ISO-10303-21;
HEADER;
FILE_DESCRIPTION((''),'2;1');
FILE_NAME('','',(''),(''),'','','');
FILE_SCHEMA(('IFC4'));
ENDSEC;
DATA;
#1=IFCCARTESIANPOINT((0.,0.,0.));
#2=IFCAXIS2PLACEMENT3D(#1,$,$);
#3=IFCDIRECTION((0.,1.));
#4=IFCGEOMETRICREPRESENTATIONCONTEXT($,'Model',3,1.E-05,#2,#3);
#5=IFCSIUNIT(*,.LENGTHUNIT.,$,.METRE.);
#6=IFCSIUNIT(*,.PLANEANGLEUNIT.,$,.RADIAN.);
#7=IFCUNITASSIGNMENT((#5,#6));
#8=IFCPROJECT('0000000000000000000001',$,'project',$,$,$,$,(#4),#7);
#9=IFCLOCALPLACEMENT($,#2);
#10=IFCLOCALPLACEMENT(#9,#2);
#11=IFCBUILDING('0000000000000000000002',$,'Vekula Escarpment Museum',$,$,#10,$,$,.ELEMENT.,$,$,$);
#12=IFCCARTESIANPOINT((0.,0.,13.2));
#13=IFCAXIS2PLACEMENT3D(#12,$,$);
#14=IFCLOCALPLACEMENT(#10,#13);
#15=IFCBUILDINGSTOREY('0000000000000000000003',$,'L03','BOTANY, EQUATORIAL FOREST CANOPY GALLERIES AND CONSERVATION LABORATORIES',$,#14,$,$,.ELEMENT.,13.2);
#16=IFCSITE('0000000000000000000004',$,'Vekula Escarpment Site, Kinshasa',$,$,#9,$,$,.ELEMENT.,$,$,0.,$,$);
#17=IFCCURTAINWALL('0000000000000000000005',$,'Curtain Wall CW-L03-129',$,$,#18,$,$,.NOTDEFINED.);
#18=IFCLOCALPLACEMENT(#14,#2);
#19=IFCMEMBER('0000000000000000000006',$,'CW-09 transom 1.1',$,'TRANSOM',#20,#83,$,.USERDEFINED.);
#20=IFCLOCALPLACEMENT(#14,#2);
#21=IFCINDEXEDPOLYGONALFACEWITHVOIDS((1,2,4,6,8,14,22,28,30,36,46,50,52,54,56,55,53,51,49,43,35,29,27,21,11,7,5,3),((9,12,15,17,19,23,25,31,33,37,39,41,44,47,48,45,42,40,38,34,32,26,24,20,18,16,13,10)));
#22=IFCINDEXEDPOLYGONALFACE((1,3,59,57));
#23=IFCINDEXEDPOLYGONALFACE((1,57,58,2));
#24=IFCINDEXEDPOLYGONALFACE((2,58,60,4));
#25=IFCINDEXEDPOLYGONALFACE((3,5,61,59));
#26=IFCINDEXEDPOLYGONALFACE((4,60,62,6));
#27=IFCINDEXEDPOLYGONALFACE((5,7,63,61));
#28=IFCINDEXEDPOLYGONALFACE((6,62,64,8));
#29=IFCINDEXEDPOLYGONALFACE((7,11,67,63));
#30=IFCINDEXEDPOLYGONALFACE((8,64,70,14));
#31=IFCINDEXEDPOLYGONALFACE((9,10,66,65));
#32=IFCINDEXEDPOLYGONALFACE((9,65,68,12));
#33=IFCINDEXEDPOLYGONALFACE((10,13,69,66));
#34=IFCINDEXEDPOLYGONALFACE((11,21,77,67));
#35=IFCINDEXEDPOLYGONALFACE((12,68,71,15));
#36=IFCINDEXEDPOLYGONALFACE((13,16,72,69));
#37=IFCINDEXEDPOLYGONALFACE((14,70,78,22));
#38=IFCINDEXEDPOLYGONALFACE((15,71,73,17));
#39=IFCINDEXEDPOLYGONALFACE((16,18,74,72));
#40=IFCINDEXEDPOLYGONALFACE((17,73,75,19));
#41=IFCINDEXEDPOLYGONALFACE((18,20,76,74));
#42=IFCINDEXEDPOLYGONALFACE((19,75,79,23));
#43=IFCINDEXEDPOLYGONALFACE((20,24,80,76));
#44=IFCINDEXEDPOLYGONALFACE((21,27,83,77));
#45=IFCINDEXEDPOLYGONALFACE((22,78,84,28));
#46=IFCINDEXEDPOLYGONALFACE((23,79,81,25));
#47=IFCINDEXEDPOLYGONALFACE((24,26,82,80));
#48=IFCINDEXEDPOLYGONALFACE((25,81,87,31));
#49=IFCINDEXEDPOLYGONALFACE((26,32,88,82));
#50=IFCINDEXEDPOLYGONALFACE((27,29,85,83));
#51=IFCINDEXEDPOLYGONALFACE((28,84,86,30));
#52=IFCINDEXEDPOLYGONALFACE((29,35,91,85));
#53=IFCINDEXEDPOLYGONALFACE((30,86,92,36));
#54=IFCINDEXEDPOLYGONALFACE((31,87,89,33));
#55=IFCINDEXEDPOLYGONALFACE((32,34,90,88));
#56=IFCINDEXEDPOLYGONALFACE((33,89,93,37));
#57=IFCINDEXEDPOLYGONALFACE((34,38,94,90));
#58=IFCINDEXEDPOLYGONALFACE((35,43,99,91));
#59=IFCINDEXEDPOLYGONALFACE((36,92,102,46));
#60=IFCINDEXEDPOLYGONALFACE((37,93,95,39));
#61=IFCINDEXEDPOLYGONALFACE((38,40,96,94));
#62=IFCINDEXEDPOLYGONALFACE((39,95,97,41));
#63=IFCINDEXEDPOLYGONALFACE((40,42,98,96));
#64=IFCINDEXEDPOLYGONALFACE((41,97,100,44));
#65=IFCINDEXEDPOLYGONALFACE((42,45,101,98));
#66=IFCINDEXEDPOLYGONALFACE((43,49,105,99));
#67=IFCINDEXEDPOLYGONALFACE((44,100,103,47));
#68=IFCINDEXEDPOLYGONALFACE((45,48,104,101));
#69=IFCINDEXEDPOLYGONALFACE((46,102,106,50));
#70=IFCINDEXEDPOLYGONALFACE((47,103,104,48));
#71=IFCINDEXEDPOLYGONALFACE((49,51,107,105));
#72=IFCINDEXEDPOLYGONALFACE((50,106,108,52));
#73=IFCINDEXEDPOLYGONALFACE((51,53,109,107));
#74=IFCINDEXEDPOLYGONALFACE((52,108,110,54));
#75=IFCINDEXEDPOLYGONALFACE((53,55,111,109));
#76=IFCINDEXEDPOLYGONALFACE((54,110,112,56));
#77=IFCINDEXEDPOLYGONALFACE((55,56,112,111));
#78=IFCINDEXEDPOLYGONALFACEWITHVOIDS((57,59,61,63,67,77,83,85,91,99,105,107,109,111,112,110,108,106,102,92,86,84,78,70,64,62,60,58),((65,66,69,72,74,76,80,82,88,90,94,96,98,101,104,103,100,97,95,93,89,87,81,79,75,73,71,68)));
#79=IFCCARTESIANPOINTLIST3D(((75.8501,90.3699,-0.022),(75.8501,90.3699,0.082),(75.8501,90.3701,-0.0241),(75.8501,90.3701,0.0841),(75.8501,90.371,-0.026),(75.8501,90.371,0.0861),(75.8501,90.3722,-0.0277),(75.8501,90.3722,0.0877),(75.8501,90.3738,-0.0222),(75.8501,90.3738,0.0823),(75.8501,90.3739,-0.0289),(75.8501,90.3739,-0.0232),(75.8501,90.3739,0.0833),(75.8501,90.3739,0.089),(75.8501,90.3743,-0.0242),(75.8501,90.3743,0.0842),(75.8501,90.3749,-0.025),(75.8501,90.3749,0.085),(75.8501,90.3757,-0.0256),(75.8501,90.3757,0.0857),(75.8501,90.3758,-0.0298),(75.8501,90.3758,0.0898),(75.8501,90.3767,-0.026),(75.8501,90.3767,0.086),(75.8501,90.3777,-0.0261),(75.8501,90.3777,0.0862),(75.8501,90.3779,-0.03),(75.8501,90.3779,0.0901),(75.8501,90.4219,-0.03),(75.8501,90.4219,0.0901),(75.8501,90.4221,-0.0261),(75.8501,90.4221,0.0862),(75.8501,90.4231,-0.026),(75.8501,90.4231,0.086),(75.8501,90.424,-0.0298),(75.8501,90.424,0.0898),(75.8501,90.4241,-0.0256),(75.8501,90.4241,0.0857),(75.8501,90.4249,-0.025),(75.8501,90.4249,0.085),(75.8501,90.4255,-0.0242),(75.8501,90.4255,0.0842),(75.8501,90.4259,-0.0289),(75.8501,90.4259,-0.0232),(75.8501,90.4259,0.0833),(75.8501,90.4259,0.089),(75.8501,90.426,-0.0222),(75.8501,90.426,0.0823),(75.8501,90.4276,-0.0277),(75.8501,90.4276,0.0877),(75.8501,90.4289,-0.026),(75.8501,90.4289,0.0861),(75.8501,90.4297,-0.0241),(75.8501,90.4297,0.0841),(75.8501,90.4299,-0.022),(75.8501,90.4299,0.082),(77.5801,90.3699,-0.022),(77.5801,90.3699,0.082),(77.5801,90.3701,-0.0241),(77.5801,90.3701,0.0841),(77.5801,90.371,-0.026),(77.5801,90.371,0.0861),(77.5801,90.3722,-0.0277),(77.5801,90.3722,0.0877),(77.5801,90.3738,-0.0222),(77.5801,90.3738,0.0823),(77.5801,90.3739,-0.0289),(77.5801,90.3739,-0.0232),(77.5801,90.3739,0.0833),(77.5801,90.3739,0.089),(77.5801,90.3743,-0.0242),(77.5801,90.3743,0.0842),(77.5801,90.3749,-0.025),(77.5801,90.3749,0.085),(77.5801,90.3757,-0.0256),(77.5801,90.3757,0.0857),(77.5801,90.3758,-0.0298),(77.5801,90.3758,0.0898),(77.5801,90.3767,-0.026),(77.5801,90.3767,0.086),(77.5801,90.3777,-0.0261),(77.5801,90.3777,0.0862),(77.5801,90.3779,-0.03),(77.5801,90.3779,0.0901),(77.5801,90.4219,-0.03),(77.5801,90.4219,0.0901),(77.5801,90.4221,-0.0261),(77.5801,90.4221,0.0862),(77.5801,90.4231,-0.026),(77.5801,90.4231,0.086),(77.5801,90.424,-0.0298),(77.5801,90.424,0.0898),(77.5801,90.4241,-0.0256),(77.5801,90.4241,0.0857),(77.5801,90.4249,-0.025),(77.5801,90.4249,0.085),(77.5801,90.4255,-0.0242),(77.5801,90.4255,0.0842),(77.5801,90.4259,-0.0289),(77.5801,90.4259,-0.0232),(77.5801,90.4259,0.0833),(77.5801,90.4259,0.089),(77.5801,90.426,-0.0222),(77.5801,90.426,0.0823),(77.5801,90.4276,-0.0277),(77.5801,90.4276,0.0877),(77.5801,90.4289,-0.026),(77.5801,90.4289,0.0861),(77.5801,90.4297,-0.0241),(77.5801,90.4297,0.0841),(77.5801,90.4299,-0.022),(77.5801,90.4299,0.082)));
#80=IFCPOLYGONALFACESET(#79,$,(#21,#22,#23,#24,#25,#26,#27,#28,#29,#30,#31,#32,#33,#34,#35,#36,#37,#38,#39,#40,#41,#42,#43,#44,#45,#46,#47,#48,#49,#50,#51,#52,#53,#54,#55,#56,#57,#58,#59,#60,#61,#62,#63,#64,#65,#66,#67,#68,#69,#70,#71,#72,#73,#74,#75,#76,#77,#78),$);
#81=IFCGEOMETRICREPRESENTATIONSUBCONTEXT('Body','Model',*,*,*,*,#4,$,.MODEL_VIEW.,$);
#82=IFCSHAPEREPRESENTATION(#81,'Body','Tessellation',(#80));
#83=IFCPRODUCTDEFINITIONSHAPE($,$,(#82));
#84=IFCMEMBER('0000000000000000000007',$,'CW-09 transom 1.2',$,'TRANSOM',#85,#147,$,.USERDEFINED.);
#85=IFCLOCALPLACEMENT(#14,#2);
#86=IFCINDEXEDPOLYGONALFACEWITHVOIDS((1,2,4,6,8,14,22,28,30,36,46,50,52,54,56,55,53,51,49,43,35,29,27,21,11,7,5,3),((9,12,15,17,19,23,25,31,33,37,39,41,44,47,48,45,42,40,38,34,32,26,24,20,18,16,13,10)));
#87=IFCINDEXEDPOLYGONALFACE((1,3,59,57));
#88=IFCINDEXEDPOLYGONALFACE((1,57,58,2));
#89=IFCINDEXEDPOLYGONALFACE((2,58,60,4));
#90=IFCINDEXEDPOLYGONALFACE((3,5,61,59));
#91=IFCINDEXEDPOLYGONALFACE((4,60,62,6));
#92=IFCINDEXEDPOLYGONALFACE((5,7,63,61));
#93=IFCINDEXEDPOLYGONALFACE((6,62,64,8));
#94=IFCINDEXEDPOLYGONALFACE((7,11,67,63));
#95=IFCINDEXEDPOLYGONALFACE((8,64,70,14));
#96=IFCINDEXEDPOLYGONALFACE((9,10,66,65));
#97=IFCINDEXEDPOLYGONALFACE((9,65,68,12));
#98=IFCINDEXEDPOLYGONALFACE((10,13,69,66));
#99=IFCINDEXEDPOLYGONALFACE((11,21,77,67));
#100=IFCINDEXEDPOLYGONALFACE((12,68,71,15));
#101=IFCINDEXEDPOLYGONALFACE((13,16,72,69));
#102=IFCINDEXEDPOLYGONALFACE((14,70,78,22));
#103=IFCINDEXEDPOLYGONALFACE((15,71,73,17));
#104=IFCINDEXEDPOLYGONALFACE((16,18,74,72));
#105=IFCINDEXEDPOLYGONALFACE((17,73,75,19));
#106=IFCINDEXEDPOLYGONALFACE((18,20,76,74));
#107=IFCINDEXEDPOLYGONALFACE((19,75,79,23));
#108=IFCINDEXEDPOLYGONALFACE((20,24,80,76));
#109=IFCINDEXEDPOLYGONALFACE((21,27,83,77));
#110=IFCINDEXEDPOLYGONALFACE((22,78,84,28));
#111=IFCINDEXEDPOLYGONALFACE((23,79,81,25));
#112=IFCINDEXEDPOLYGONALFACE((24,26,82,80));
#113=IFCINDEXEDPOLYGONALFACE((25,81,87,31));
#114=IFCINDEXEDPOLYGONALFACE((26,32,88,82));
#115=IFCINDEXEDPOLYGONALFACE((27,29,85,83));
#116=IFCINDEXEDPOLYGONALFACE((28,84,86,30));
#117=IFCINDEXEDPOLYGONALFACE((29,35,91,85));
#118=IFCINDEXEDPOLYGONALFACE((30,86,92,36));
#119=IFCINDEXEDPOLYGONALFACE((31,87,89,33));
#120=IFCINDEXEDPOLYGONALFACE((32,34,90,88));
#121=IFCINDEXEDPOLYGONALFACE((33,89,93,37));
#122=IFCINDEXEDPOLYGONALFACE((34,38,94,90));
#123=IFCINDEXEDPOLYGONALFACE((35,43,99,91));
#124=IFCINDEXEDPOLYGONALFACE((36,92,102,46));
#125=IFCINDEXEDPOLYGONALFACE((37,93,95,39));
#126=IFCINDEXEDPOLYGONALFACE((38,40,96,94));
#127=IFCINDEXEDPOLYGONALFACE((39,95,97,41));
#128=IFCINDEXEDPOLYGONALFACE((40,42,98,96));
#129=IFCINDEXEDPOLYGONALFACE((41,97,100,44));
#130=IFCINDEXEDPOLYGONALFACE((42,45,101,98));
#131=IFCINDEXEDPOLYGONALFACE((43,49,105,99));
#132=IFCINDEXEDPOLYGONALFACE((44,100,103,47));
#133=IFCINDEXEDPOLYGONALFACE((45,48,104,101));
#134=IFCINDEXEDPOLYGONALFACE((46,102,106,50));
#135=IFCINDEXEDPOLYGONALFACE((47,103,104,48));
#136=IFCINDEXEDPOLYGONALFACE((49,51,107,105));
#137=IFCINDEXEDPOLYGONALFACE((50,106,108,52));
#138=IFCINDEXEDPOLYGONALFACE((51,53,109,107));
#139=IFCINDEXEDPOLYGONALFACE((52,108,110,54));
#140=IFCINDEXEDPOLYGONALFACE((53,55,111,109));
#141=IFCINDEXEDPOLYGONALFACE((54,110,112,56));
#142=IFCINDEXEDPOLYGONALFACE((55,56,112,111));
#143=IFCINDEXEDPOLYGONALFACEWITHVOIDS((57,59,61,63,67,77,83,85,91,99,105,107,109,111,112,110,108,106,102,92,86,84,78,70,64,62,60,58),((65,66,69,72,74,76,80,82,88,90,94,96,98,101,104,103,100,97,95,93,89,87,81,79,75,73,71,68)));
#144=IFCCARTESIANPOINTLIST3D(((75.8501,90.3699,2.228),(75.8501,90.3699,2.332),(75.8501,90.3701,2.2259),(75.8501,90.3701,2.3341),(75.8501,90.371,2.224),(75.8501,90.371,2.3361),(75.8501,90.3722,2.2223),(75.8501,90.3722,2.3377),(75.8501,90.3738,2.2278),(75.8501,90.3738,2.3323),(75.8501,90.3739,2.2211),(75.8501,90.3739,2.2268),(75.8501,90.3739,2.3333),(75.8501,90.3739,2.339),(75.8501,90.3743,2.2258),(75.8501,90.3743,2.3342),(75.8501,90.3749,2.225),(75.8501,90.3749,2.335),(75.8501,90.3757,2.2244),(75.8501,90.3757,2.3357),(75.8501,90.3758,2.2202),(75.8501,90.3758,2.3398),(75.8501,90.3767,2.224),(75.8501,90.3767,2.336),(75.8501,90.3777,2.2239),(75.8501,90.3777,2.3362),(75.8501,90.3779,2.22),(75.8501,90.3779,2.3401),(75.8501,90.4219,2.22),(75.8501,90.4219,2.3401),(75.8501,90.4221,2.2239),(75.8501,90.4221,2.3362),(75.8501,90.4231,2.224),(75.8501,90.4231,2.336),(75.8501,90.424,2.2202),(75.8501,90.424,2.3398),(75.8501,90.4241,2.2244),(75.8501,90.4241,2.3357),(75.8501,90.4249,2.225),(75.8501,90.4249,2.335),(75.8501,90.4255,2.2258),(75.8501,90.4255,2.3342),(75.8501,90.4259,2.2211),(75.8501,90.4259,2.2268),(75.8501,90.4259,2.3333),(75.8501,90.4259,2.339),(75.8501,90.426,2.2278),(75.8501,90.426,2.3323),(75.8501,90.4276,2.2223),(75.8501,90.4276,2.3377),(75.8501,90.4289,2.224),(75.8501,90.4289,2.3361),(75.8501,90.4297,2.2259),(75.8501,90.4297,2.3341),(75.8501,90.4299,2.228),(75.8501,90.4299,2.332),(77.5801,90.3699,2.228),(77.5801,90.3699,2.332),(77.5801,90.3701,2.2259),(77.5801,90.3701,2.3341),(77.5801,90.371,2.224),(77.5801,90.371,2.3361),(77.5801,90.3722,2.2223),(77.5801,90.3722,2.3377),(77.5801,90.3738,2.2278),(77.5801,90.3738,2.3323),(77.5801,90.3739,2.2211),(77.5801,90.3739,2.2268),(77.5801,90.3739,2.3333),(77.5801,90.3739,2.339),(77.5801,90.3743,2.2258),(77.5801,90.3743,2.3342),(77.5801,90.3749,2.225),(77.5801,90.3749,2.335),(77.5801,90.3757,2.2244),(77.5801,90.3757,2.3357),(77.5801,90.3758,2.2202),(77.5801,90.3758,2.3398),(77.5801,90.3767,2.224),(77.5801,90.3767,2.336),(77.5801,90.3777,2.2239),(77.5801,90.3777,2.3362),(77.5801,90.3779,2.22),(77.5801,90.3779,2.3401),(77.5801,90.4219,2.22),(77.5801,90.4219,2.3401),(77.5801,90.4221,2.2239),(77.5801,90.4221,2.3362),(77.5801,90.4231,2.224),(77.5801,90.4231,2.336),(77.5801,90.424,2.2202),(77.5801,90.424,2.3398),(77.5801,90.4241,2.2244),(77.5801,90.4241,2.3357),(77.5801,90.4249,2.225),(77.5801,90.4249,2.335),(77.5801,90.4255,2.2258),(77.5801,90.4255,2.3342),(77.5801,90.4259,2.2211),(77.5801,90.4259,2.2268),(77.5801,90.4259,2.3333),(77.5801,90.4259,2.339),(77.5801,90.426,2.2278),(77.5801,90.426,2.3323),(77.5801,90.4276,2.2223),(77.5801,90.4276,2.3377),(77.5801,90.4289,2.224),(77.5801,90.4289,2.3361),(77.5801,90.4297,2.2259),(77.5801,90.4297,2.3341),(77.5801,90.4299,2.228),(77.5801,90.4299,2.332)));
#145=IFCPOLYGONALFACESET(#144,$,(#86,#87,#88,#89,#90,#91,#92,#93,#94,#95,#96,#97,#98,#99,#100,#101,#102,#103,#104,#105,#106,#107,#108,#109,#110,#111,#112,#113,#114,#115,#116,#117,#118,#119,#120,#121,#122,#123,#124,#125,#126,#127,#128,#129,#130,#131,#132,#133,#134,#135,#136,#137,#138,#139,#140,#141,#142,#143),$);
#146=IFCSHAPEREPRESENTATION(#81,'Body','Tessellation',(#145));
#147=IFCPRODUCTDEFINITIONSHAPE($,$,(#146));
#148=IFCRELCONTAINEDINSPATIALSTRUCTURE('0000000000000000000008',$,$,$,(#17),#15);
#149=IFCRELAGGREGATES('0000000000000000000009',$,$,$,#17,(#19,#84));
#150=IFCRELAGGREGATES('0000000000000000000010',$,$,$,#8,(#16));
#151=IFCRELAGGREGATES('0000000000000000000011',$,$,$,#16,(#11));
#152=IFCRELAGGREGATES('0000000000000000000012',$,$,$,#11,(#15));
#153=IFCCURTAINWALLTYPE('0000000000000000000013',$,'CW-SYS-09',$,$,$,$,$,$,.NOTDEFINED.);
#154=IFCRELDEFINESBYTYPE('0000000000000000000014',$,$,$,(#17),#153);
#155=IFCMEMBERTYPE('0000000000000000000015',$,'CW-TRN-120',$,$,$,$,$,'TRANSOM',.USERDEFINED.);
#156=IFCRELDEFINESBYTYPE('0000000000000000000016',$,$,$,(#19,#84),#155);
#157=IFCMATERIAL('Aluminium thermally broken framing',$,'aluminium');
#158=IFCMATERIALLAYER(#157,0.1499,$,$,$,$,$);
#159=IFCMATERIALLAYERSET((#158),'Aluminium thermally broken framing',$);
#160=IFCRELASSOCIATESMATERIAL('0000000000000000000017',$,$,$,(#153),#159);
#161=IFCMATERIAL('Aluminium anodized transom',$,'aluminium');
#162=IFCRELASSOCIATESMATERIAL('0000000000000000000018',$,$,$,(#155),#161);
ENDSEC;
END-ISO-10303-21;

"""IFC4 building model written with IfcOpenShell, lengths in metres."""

from ifc_helpers import new_model, si_unit, direction, frame, origin, origin_2d, place, context, subcontext, project, spatial, hollow_rectangle, extrude, material, layer, layer_set, material_profile, profile_set, type_object, element, aggregate, save


model = new_model("IFC4")

# Units and contexts
model_context = context("Model", 3, precision=1e-05, world=origin(), true_north=direction((0.0, 1.0)))
body_context = subcontext(model_context, "Body", "Model", "MODEL_VIEW")
ifc_project = project(units=[si_unit("LENGTHUNIT", "METRE"), si_unit("PLANEANGLEUNIT", "RADIAN")], contexts=[model_context])

# Site, building, storey
site_placement = place(None, origin())
site = spatial("IfcSite", under=ifc_project, at=site_placement, Name="Vekula Escarpment Site, Kinshasa", CompositionType="ELEMENT", RefElevation=0.0)
building_placement = place(site_placement, origin())
building = spatial("IfcBuilding", under=site, at=building_placement, Name="Vekula Escarpment Museum", CompositionType="ELEMENT")
storey_placement = place(building_placement, frame((0.0, 0.0, 13.2)))
storey = spatial("IfcBuildingStorey", under=building, at=storey_placement, Name="L03", Description="BOTANY, EQUATORIAL FOREST CANOPY GALLERIES AND CONSERVATION LABORATORIES", CompositionType="ELEMENT", Elevation=13.2)

# Curtain wall
ifc_material_1 = material(Name="Aluminium thermally broken framing", Category="aluminium")
ifc_layer_1 = layer(ifc_material_1, 0.1499)
ifc_layer_set_1 = layer_set([ifc_layer_1], Name="Aluminium thermally broken framing")
curtain_wall_type_1 = type_object("IfcCurtainWallType", Name="CW-SYS-09", PredefinedType="NOTDEFINED", material=ifc_layer_set_1)
curtain_wall_1_placement = place(storey_placement, origin())
curtain_wall_1 = element("IfcCurtainWall", 1, at=curtain_wall_1_placement, inside=storey, type_object=curtain_wall_type_1, Name="Curtain Wall CW-L03-129", PredefinedType="NOTDEFINED")

# Members
ifc_material_2 = material(Name="Aluminium anodized transom", Category="aluminium")
ifc_material_profile_1 = material_profile(ifc_material_2, hollow_rectangle(XDim=0.0601, YDim=0.1201, WallThickness=0.0039, InnerFilletRadius=0.0039, OuterFilletRadius=0.0081, at=origin_2d()), Name="ALU 120x60x4")
ifc_profile_set_1 = profile_set([ifc_material_profile_1], Name="Aluminium anodized transom")
member_type_1 = type_object("IfcMemberType", Name="CW-TRN-120", ElementType="TRANSOM", PredefinedType="USERDEFINED", material=ifc_profile_set_1)
member_1_placement = place(storey_placement, frame((77.5801, 90.3999, 0.03), z_axis=(-1.0, 0.0, 0.0), x_axis=(0.0, -1.0, 0.0)))
member_1 = element("IfcMember", 2, at=member_1_placement, type_object=member_type_1, Name="CW-09 transom 1.1", ObjectType="TRANSOM", PredefinedType="USERDEFINED", context=body_context, shape_type="SweptSolid", body=[
    extrude(hollow_rectangle(XDim=0.0601, YDim=0.1201, WallThickness=0.0039, InnerFilletRadius=0.0039, OuterFilletRadius=0.0081, at=origin_2d()), origin(), (0.0, 0.0, 1.0), 1.73),
])
member_2_placement = place(storey_placement, frame((77.5801, 90.3999, 2.28), z_axis=(-1.0, 0.0, 0.0), x_axis=(0.0, -1.0, 0.0)))
member_2 = element("IfcMember", 3, at=member_2_placement, type_object=member_type_1, Name="CW-09 transom 1.2", ObjectType="TRANSOM", PredefinedType="USERDEFINED", context=body_context, shape_type="SweptSolid", body=[
    extrude(hollow_rectangle(XDim=0.0601, YDim=0.1201, WallThickness=0.0039, InnerFilletRadius=0.0039, OuterFilletRadius=0.0081, at=origin_2d()), origin(), (0.0, 0.0, 1.0), 1.73),
])

aggregate(curtain_wall_1, [member_1, member_2])

save(model, "model.ifc")
